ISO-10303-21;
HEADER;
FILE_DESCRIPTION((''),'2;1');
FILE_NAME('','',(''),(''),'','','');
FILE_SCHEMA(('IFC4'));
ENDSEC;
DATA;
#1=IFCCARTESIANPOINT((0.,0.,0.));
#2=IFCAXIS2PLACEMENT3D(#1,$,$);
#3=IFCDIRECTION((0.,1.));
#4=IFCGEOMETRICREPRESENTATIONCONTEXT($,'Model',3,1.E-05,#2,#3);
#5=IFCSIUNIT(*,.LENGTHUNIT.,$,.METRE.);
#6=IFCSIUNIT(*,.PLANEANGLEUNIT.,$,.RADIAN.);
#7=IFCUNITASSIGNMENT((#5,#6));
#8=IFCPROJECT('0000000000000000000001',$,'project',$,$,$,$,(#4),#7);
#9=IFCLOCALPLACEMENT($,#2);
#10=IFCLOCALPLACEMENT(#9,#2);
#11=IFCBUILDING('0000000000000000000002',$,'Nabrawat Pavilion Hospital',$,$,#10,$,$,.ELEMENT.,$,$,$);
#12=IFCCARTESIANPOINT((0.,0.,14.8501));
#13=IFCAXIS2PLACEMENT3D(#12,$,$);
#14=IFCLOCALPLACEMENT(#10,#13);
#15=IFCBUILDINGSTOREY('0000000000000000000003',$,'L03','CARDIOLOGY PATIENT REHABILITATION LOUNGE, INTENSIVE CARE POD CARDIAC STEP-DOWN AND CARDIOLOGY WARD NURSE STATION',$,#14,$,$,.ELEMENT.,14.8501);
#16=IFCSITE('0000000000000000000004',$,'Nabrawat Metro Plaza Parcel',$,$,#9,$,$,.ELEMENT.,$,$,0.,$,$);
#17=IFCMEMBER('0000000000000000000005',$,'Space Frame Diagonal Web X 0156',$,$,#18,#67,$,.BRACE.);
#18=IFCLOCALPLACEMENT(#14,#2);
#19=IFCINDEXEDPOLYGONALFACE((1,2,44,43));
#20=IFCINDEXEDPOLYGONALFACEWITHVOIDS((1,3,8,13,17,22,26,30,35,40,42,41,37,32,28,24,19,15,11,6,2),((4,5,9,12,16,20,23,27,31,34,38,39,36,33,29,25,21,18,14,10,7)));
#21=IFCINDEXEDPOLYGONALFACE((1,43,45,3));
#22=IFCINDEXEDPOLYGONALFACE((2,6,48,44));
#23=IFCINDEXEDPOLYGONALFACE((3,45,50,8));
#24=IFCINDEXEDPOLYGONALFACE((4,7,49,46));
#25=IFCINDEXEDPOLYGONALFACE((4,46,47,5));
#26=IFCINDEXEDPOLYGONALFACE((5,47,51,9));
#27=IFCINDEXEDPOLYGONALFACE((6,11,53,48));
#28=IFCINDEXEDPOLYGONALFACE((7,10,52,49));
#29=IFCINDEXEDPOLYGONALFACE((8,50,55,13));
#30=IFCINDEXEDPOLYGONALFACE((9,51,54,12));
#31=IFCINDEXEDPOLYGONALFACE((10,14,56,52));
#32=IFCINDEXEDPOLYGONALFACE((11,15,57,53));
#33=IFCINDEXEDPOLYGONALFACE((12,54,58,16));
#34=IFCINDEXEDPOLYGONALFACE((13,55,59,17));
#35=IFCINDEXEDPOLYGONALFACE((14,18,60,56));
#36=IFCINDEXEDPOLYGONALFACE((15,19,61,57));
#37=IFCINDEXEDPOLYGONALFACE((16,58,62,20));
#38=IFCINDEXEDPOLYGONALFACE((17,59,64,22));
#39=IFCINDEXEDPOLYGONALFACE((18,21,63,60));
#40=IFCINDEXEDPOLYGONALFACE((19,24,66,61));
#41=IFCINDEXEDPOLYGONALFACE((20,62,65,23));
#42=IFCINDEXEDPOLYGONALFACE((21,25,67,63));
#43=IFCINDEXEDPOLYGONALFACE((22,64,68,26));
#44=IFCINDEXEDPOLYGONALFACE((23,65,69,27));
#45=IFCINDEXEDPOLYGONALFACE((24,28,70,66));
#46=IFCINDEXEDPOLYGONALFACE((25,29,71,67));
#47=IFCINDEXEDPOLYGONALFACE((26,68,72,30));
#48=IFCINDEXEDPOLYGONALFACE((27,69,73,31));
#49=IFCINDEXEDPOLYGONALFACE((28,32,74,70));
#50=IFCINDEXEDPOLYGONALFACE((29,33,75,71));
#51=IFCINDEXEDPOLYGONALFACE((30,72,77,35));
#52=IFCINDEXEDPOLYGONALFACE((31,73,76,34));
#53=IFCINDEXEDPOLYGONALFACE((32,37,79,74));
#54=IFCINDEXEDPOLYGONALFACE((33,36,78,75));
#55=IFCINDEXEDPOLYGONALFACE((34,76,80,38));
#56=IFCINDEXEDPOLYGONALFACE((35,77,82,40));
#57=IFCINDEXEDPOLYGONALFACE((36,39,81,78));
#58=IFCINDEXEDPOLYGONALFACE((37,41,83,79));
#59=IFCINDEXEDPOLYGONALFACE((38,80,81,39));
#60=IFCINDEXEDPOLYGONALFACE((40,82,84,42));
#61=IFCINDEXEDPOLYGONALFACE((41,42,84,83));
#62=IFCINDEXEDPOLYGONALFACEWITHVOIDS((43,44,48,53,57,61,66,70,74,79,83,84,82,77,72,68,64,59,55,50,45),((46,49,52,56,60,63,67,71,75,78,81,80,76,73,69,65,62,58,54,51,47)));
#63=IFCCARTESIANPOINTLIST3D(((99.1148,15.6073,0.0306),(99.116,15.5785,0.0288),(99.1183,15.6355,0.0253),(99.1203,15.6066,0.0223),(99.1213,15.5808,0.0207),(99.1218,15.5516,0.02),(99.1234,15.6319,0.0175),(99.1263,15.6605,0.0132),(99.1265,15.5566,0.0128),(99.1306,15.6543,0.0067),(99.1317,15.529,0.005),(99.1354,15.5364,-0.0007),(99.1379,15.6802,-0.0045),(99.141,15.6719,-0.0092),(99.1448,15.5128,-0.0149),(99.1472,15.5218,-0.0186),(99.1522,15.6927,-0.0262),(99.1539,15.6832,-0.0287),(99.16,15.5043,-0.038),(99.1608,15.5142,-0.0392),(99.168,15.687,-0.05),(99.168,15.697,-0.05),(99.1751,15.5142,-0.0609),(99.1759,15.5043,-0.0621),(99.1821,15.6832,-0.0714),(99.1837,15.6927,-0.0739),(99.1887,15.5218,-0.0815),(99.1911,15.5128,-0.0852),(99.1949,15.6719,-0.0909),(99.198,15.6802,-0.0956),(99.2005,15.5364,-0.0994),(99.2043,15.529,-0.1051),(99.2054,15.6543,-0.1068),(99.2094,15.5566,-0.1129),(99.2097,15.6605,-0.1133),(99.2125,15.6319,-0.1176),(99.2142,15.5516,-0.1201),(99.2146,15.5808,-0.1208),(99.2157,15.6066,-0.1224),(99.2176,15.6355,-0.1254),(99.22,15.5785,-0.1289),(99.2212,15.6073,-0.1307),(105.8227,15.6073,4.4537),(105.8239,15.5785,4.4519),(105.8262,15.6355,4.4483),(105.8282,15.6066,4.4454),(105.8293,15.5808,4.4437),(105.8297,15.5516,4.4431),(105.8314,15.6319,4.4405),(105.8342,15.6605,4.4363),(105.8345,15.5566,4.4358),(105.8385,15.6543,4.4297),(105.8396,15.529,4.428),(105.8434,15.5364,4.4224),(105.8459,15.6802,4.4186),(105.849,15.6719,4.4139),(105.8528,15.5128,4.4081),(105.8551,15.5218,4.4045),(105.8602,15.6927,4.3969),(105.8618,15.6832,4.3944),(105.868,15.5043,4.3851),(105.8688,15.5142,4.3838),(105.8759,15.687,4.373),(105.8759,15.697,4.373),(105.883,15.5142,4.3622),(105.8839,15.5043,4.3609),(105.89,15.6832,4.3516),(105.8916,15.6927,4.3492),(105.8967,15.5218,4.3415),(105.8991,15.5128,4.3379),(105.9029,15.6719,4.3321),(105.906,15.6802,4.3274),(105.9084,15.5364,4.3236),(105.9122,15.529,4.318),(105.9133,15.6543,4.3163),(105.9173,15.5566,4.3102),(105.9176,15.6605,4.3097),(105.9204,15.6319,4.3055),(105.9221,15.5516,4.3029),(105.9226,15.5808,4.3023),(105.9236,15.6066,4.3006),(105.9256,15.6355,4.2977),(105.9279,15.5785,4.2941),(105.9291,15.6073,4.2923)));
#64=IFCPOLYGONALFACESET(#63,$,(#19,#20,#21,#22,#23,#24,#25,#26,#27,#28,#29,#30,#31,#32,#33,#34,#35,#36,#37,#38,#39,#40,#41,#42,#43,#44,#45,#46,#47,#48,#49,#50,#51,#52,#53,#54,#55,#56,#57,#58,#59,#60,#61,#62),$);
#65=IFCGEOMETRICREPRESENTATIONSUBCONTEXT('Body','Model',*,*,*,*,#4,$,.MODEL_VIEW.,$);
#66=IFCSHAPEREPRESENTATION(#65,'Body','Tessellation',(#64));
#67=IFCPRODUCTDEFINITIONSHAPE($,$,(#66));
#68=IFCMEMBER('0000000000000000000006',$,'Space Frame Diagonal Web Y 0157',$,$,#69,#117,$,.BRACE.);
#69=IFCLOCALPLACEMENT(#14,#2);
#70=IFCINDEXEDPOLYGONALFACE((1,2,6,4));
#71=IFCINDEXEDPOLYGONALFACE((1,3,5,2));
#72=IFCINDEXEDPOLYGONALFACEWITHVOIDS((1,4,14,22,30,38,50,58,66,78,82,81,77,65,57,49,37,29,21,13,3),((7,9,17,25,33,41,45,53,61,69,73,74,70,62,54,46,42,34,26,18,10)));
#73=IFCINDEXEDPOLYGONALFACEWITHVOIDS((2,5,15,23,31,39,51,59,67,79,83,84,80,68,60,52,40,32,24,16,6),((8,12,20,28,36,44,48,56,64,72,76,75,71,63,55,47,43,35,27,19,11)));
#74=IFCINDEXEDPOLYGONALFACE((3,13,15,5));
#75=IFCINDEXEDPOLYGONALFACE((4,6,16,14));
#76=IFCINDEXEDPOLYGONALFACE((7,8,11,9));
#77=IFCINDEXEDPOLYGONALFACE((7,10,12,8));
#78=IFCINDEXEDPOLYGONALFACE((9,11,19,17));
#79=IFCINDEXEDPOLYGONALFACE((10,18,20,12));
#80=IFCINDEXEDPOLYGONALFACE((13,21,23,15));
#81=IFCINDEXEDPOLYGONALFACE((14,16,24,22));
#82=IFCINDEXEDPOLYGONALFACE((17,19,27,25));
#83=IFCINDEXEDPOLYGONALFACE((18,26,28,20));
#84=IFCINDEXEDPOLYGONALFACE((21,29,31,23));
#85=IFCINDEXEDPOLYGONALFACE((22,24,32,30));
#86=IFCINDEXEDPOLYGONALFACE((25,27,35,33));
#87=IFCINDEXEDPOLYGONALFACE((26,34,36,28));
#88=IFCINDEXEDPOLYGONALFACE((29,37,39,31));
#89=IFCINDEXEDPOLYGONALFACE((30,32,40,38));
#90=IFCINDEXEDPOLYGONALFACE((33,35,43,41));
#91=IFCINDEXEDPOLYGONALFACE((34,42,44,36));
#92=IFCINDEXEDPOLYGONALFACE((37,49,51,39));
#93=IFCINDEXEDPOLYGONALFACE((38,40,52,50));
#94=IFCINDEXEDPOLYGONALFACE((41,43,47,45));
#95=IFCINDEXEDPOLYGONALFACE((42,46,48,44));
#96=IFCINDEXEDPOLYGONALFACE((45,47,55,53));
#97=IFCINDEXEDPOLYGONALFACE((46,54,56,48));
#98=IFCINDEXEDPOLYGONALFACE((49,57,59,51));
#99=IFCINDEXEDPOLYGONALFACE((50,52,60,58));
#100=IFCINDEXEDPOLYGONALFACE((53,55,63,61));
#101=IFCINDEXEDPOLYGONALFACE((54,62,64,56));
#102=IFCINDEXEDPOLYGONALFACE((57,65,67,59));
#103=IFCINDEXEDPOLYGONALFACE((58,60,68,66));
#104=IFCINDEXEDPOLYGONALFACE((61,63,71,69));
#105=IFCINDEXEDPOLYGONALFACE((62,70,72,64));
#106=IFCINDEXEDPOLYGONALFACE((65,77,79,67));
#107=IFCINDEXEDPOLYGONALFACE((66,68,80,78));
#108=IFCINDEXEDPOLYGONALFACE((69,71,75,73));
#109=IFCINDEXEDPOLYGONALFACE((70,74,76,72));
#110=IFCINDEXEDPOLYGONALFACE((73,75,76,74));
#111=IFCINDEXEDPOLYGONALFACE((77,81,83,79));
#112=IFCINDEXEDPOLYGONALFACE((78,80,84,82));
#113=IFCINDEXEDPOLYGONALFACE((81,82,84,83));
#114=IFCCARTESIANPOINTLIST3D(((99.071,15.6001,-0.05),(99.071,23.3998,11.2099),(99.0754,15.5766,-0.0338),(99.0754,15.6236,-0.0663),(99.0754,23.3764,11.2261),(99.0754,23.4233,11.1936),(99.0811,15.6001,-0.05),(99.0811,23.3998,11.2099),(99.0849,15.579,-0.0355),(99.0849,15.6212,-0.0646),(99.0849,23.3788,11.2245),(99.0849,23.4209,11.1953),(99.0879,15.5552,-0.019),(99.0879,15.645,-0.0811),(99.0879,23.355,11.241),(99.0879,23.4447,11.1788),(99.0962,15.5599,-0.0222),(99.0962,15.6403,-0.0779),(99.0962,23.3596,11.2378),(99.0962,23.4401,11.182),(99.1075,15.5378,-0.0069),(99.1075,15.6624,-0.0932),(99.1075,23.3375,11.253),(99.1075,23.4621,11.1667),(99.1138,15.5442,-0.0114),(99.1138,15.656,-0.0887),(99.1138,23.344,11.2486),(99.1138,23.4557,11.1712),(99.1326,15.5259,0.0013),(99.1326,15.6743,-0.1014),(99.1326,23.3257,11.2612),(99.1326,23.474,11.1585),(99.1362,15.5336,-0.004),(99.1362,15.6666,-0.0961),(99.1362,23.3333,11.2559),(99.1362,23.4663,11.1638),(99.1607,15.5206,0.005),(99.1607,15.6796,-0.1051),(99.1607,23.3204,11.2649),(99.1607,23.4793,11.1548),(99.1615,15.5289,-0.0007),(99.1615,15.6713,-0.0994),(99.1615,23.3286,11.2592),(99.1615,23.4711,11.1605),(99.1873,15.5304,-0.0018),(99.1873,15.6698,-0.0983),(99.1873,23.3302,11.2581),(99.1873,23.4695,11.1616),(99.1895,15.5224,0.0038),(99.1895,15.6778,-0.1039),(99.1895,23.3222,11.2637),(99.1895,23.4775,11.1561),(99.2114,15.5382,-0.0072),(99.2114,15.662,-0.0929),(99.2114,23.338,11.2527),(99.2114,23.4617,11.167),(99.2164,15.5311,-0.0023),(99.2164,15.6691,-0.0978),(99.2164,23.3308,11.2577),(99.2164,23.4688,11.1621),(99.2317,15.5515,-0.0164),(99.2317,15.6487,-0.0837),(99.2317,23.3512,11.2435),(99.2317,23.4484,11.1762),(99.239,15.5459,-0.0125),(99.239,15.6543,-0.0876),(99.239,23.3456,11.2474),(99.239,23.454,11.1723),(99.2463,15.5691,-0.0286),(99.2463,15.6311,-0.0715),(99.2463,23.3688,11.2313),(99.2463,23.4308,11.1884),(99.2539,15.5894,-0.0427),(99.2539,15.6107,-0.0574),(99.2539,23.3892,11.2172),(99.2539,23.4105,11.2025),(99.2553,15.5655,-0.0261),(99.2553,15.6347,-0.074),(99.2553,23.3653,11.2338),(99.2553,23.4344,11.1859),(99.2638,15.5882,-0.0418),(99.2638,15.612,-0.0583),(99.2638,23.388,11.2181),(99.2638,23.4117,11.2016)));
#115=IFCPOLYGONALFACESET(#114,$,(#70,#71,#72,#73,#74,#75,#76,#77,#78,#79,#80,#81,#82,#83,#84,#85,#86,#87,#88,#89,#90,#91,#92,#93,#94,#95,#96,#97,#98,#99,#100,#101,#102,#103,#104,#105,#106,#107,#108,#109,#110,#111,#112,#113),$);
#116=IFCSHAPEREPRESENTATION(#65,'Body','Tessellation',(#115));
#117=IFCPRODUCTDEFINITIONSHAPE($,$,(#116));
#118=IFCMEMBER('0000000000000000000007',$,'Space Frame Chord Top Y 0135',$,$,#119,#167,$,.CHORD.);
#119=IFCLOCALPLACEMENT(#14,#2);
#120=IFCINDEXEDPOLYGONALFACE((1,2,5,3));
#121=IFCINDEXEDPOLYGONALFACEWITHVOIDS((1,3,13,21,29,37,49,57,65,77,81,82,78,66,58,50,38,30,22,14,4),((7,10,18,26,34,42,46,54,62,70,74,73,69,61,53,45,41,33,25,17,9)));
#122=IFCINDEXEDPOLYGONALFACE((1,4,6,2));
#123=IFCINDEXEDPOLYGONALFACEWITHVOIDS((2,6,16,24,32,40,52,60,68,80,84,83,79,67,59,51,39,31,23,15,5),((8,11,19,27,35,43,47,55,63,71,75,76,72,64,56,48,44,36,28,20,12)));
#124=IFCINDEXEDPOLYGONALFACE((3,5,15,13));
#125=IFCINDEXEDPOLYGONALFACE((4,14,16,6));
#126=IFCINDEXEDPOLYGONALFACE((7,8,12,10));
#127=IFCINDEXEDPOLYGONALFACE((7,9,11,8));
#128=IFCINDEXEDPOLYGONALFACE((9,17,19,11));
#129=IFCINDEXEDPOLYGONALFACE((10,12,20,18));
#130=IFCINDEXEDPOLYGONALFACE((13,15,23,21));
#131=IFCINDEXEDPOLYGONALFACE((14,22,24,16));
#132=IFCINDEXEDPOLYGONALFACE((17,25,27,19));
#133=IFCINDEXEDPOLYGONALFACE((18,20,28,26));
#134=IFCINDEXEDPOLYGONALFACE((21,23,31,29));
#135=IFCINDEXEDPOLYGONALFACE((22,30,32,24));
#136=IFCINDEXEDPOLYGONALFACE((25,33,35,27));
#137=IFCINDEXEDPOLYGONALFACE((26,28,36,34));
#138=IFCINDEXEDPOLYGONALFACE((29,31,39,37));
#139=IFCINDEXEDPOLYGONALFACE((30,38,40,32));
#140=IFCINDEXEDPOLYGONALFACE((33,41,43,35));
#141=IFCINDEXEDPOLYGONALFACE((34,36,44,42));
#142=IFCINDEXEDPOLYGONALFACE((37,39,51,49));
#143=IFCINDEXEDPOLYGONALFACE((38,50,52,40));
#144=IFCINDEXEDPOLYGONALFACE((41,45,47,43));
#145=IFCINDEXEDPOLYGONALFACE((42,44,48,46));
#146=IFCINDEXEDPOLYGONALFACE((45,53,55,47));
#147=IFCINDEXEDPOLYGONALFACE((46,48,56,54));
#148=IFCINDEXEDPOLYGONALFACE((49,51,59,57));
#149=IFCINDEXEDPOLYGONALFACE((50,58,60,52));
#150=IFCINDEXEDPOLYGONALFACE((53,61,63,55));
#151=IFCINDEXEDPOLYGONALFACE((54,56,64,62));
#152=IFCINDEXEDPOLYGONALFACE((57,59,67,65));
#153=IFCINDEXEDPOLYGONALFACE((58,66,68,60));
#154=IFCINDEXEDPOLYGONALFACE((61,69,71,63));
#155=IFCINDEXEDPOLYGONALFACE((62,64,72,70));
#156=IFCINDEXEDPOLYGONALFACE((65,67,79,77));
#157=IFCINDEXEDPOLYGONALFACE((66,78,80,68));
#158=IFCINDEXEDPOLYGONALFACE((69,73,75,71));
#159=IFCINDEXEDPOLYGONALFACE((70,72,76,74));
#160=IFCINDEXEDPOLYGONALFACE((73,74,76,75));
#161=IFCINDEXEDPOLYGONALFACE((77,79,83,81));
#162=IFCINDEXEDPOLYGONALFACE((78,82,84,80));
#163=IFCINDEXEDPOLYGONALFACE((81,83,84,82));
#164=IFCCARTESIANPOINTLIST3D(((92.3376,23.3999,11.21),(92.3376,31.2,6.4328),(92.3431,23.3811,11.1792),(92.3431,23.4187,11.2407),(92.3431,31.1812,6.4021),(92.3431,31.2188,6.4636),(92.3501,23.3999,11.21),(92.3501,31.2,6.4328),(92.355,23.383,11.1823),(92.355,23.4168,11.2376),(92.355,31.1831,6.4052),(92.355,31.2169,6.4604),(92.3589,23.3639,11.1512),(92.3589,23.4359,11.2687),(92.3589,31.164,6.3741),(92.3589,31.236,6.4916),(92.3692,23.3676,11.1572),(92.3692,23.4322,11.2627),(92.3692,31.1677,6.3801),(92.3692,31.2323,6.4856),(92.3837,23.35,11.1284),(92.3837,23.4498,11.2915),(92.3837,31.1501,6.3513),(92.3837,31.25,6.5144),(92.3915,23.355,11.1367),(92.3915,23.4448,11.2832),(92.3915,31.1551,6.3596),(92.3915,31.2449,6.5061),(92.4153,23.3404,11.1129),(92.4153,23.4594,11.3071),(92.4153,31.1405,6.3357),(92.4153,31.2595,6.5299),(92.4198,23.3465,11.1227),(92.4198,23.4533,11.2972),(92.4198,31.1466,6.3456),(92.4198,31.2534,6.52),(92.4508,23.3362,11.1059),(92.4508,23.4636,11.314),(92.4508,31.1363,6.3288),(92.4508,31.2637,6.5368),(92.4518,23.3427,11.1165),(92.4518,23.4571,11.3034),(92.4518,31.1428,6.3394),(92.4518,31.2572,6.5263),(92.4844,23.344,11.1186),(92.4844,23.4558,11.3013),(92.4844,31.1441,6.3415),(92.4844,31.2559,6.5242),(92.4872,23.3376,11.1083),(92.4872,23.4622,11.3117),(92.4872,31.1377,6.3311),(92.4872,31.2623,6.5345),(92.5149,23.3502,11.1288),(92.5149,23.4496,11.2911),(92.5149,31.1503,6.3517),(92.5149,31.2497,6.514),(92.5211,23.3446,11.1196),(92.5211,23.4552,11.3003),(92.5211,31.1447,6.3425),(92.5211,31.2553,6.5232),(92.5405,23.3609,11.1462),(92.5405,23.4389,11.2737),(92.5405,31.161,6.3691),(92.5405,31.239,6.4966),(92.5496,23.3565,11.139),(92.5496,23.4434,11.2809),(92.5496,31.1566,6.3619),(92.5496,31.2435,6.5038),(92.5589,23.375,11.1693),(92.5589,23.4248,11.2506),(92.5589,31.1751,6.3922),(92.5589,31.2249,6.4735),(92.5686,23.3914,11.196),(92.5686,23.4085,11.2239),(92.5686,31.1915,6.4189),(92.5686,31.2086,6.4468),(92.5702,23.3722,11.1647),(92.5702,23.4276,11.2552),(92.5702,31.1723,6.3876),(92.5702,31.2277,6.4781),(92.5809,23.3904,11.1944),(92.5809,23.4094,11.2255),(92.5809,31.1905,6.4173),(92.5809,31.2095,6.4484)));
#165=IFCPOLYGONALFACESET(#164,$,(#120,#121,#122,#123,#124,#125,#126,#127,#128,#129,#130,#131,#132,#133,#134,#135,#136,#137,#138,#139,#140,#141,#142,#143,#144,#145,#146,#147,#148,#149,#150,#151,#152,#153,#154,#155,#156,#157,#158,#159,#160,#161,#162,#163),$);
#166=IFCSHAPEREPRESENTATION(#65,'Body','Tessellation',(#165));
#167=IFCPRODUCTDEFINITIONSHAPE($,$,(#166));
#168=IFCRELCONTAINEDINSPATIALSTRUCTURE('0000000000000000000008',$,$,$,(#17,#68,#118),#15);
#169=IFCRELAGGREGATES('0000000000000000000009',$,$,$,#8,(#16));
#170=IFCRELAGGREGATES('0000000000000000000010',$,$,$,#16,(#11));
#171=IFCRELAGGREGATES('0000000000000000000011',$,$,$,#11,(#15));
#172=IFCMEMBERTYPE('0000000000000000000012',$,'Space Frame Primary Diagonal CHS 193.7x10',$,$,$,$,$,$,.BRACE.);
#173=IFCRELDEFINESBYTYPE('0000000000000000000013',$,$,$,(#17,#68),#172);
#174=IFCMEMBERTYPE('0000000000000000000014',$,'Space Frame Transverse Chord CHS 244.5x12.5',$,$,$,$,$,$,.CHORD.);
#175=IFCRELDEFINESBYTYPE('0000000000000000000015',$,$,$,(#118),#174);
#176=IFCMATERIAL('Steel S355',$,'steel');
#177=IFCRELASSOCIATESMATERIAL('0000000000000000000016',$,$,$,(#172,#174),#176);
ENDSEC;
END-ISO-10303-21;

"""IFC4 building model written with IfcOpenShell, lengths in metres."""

from ifc_helpers import new_model, si_unit, direction, frame, origin, origin_2d, place, context, subcontext, project, spatial, hollow_circle, extrude, material, material_profile, profile_set, type_object, element, save


model = new_model("IFC4")

# Units and contexts
model_context = context("Model", 3, precision=1e-05, world=origin(), true_north=direction((0.0, 1.0)))
body_context = subcontext(model_context, "Body", "Model", "MODEL_VIEW")
ifc_project = project(units=[si_unit("LENGTHUNIT", "METRE"), si_unit("PLANEANGLEUNIT", "RADIAN")], contexts=[model_context])

# Site, building, storey
site_placement = place(None, origin())
site = spatial("IfcSite", under=ifc_project, at=site_placement, Name="Nabrawat Metro Plaza Parcel", CompositionType="ELEMENT", RefElevation=0.0)
building_placement = place(site_placement, origin())
building = spatial("IfcBuilding", under=site, at=building_placement, Name="Nabrawat Pavilion Hospital", CompositionType="ELEMENT")
storey_placement = place(building_placement, frame((0.0, 0.0, 14.8501)))
storey = spatial("IfcBuildingStorey", under=building, at=storey_placement, Name="L03", Description="CARDIOLOGY PATIENT REHABILITATION LOUNGE, INTENSIVE CARE POD CARDIAC STEP-DOWN AND CARDIOLOGY WARD NURSE STATION", CompositionType="ELEMENT", Elevation=14.8501)

# Shared definitions
ifc_material = material(Name="Steel S355", Category="steel")

# Members
ifc_material_profile_1 = material_profile(ifc_material, hollow_circle(Radius=0.0969, WallThickness=0.01, at=origin_2d()), Name="CHS 193.7x10")
ifc_profile_set_1 = profile_set([ifc_material_profile_1], Name="Steel S355")
member_type_1 = type_object("IfcMemberType", Name="Space Frame Primary Diagonal CHS 193.7x10", PredefinedType="BRACE", material=ifc_profile_set_1)
member_1_placement = place(storey_placement, frame((99.168, 15.6001, -0.05), z_axis=(0.834849, 0.0, 0.550479), x_axis=(0.0, 1.0, 0.0)))
element("IfcMember", 1, at=member_1_placement, inside=storey, type_object=member_type_1, Name="Space Frame Diagonal Web X 0156", PredefinedType="BRACE", context=body_context, shape_type="SweptSolid", body=[
    extrude(hollow_circle(Radius=0.0969, WallThickness=0.01, at=origin_2d()), origin(), (0.0, 0.0, 1.0), 8.0349),
])
member_2_placement = place(storey_placement, frame((99.168, 15.6001, -0.05), z_axis=(0.0, 0.569428, 0.822041), x_axis=(-1.0, 0.0, 0.0)))
element("IfcMember", 2, at=member_2_placement, inside=storey, type_object=member_type_1, Name="Space Frame Diagonal Web Y 0157", PredefinedType="BRACE", context=body_context, shape_type="SweptSolid", body=[
    extrude(hollow_circle(Radius=0.0969, WallThickness=0.01, at=origin_2d()), origin(), (0.0, 0.0, 1.0), 13.6975),
])
ifc_material_profile_2 = material_profile(ifc_material, hollow_circle(Radius=0.1223, WallThickness=0.0125, at=origin_2d()), Name="CHS 244.5x12.5")
ifc_profile_set_2 = profile_set([ifc_material_profile_2], Name="Steel S355")
member_type_2 = type_object("IfcMemberType", Name="Space Frame Transverse Chord CHS 244.5x12.5", PredefinedType="CHORD", material=ifc_profile_set_2)
member_3_placement = place(storey_placement, frame((92.46, 23.3999, 11.21), z_axis=(0.0, 0.852775, -0.522278), x_axis=(-1.0, 0.0, 0.0)))
element("IfcMember", 3, at=member_3_placement, inside=storey, type_object=member_type_2, Name="Space Frame Chord Top Y 0135", PredefinedType="CHORD", context=body_context, shape_type="SweptSolid", body=[
    extrude(hollow_circle(Radius=0.1223, WallThickness=0.0125, at=origin_2d()), origin(), (0.0, 0.0, 1.0), 9.1467),
])

save(model, "model.ifc")
